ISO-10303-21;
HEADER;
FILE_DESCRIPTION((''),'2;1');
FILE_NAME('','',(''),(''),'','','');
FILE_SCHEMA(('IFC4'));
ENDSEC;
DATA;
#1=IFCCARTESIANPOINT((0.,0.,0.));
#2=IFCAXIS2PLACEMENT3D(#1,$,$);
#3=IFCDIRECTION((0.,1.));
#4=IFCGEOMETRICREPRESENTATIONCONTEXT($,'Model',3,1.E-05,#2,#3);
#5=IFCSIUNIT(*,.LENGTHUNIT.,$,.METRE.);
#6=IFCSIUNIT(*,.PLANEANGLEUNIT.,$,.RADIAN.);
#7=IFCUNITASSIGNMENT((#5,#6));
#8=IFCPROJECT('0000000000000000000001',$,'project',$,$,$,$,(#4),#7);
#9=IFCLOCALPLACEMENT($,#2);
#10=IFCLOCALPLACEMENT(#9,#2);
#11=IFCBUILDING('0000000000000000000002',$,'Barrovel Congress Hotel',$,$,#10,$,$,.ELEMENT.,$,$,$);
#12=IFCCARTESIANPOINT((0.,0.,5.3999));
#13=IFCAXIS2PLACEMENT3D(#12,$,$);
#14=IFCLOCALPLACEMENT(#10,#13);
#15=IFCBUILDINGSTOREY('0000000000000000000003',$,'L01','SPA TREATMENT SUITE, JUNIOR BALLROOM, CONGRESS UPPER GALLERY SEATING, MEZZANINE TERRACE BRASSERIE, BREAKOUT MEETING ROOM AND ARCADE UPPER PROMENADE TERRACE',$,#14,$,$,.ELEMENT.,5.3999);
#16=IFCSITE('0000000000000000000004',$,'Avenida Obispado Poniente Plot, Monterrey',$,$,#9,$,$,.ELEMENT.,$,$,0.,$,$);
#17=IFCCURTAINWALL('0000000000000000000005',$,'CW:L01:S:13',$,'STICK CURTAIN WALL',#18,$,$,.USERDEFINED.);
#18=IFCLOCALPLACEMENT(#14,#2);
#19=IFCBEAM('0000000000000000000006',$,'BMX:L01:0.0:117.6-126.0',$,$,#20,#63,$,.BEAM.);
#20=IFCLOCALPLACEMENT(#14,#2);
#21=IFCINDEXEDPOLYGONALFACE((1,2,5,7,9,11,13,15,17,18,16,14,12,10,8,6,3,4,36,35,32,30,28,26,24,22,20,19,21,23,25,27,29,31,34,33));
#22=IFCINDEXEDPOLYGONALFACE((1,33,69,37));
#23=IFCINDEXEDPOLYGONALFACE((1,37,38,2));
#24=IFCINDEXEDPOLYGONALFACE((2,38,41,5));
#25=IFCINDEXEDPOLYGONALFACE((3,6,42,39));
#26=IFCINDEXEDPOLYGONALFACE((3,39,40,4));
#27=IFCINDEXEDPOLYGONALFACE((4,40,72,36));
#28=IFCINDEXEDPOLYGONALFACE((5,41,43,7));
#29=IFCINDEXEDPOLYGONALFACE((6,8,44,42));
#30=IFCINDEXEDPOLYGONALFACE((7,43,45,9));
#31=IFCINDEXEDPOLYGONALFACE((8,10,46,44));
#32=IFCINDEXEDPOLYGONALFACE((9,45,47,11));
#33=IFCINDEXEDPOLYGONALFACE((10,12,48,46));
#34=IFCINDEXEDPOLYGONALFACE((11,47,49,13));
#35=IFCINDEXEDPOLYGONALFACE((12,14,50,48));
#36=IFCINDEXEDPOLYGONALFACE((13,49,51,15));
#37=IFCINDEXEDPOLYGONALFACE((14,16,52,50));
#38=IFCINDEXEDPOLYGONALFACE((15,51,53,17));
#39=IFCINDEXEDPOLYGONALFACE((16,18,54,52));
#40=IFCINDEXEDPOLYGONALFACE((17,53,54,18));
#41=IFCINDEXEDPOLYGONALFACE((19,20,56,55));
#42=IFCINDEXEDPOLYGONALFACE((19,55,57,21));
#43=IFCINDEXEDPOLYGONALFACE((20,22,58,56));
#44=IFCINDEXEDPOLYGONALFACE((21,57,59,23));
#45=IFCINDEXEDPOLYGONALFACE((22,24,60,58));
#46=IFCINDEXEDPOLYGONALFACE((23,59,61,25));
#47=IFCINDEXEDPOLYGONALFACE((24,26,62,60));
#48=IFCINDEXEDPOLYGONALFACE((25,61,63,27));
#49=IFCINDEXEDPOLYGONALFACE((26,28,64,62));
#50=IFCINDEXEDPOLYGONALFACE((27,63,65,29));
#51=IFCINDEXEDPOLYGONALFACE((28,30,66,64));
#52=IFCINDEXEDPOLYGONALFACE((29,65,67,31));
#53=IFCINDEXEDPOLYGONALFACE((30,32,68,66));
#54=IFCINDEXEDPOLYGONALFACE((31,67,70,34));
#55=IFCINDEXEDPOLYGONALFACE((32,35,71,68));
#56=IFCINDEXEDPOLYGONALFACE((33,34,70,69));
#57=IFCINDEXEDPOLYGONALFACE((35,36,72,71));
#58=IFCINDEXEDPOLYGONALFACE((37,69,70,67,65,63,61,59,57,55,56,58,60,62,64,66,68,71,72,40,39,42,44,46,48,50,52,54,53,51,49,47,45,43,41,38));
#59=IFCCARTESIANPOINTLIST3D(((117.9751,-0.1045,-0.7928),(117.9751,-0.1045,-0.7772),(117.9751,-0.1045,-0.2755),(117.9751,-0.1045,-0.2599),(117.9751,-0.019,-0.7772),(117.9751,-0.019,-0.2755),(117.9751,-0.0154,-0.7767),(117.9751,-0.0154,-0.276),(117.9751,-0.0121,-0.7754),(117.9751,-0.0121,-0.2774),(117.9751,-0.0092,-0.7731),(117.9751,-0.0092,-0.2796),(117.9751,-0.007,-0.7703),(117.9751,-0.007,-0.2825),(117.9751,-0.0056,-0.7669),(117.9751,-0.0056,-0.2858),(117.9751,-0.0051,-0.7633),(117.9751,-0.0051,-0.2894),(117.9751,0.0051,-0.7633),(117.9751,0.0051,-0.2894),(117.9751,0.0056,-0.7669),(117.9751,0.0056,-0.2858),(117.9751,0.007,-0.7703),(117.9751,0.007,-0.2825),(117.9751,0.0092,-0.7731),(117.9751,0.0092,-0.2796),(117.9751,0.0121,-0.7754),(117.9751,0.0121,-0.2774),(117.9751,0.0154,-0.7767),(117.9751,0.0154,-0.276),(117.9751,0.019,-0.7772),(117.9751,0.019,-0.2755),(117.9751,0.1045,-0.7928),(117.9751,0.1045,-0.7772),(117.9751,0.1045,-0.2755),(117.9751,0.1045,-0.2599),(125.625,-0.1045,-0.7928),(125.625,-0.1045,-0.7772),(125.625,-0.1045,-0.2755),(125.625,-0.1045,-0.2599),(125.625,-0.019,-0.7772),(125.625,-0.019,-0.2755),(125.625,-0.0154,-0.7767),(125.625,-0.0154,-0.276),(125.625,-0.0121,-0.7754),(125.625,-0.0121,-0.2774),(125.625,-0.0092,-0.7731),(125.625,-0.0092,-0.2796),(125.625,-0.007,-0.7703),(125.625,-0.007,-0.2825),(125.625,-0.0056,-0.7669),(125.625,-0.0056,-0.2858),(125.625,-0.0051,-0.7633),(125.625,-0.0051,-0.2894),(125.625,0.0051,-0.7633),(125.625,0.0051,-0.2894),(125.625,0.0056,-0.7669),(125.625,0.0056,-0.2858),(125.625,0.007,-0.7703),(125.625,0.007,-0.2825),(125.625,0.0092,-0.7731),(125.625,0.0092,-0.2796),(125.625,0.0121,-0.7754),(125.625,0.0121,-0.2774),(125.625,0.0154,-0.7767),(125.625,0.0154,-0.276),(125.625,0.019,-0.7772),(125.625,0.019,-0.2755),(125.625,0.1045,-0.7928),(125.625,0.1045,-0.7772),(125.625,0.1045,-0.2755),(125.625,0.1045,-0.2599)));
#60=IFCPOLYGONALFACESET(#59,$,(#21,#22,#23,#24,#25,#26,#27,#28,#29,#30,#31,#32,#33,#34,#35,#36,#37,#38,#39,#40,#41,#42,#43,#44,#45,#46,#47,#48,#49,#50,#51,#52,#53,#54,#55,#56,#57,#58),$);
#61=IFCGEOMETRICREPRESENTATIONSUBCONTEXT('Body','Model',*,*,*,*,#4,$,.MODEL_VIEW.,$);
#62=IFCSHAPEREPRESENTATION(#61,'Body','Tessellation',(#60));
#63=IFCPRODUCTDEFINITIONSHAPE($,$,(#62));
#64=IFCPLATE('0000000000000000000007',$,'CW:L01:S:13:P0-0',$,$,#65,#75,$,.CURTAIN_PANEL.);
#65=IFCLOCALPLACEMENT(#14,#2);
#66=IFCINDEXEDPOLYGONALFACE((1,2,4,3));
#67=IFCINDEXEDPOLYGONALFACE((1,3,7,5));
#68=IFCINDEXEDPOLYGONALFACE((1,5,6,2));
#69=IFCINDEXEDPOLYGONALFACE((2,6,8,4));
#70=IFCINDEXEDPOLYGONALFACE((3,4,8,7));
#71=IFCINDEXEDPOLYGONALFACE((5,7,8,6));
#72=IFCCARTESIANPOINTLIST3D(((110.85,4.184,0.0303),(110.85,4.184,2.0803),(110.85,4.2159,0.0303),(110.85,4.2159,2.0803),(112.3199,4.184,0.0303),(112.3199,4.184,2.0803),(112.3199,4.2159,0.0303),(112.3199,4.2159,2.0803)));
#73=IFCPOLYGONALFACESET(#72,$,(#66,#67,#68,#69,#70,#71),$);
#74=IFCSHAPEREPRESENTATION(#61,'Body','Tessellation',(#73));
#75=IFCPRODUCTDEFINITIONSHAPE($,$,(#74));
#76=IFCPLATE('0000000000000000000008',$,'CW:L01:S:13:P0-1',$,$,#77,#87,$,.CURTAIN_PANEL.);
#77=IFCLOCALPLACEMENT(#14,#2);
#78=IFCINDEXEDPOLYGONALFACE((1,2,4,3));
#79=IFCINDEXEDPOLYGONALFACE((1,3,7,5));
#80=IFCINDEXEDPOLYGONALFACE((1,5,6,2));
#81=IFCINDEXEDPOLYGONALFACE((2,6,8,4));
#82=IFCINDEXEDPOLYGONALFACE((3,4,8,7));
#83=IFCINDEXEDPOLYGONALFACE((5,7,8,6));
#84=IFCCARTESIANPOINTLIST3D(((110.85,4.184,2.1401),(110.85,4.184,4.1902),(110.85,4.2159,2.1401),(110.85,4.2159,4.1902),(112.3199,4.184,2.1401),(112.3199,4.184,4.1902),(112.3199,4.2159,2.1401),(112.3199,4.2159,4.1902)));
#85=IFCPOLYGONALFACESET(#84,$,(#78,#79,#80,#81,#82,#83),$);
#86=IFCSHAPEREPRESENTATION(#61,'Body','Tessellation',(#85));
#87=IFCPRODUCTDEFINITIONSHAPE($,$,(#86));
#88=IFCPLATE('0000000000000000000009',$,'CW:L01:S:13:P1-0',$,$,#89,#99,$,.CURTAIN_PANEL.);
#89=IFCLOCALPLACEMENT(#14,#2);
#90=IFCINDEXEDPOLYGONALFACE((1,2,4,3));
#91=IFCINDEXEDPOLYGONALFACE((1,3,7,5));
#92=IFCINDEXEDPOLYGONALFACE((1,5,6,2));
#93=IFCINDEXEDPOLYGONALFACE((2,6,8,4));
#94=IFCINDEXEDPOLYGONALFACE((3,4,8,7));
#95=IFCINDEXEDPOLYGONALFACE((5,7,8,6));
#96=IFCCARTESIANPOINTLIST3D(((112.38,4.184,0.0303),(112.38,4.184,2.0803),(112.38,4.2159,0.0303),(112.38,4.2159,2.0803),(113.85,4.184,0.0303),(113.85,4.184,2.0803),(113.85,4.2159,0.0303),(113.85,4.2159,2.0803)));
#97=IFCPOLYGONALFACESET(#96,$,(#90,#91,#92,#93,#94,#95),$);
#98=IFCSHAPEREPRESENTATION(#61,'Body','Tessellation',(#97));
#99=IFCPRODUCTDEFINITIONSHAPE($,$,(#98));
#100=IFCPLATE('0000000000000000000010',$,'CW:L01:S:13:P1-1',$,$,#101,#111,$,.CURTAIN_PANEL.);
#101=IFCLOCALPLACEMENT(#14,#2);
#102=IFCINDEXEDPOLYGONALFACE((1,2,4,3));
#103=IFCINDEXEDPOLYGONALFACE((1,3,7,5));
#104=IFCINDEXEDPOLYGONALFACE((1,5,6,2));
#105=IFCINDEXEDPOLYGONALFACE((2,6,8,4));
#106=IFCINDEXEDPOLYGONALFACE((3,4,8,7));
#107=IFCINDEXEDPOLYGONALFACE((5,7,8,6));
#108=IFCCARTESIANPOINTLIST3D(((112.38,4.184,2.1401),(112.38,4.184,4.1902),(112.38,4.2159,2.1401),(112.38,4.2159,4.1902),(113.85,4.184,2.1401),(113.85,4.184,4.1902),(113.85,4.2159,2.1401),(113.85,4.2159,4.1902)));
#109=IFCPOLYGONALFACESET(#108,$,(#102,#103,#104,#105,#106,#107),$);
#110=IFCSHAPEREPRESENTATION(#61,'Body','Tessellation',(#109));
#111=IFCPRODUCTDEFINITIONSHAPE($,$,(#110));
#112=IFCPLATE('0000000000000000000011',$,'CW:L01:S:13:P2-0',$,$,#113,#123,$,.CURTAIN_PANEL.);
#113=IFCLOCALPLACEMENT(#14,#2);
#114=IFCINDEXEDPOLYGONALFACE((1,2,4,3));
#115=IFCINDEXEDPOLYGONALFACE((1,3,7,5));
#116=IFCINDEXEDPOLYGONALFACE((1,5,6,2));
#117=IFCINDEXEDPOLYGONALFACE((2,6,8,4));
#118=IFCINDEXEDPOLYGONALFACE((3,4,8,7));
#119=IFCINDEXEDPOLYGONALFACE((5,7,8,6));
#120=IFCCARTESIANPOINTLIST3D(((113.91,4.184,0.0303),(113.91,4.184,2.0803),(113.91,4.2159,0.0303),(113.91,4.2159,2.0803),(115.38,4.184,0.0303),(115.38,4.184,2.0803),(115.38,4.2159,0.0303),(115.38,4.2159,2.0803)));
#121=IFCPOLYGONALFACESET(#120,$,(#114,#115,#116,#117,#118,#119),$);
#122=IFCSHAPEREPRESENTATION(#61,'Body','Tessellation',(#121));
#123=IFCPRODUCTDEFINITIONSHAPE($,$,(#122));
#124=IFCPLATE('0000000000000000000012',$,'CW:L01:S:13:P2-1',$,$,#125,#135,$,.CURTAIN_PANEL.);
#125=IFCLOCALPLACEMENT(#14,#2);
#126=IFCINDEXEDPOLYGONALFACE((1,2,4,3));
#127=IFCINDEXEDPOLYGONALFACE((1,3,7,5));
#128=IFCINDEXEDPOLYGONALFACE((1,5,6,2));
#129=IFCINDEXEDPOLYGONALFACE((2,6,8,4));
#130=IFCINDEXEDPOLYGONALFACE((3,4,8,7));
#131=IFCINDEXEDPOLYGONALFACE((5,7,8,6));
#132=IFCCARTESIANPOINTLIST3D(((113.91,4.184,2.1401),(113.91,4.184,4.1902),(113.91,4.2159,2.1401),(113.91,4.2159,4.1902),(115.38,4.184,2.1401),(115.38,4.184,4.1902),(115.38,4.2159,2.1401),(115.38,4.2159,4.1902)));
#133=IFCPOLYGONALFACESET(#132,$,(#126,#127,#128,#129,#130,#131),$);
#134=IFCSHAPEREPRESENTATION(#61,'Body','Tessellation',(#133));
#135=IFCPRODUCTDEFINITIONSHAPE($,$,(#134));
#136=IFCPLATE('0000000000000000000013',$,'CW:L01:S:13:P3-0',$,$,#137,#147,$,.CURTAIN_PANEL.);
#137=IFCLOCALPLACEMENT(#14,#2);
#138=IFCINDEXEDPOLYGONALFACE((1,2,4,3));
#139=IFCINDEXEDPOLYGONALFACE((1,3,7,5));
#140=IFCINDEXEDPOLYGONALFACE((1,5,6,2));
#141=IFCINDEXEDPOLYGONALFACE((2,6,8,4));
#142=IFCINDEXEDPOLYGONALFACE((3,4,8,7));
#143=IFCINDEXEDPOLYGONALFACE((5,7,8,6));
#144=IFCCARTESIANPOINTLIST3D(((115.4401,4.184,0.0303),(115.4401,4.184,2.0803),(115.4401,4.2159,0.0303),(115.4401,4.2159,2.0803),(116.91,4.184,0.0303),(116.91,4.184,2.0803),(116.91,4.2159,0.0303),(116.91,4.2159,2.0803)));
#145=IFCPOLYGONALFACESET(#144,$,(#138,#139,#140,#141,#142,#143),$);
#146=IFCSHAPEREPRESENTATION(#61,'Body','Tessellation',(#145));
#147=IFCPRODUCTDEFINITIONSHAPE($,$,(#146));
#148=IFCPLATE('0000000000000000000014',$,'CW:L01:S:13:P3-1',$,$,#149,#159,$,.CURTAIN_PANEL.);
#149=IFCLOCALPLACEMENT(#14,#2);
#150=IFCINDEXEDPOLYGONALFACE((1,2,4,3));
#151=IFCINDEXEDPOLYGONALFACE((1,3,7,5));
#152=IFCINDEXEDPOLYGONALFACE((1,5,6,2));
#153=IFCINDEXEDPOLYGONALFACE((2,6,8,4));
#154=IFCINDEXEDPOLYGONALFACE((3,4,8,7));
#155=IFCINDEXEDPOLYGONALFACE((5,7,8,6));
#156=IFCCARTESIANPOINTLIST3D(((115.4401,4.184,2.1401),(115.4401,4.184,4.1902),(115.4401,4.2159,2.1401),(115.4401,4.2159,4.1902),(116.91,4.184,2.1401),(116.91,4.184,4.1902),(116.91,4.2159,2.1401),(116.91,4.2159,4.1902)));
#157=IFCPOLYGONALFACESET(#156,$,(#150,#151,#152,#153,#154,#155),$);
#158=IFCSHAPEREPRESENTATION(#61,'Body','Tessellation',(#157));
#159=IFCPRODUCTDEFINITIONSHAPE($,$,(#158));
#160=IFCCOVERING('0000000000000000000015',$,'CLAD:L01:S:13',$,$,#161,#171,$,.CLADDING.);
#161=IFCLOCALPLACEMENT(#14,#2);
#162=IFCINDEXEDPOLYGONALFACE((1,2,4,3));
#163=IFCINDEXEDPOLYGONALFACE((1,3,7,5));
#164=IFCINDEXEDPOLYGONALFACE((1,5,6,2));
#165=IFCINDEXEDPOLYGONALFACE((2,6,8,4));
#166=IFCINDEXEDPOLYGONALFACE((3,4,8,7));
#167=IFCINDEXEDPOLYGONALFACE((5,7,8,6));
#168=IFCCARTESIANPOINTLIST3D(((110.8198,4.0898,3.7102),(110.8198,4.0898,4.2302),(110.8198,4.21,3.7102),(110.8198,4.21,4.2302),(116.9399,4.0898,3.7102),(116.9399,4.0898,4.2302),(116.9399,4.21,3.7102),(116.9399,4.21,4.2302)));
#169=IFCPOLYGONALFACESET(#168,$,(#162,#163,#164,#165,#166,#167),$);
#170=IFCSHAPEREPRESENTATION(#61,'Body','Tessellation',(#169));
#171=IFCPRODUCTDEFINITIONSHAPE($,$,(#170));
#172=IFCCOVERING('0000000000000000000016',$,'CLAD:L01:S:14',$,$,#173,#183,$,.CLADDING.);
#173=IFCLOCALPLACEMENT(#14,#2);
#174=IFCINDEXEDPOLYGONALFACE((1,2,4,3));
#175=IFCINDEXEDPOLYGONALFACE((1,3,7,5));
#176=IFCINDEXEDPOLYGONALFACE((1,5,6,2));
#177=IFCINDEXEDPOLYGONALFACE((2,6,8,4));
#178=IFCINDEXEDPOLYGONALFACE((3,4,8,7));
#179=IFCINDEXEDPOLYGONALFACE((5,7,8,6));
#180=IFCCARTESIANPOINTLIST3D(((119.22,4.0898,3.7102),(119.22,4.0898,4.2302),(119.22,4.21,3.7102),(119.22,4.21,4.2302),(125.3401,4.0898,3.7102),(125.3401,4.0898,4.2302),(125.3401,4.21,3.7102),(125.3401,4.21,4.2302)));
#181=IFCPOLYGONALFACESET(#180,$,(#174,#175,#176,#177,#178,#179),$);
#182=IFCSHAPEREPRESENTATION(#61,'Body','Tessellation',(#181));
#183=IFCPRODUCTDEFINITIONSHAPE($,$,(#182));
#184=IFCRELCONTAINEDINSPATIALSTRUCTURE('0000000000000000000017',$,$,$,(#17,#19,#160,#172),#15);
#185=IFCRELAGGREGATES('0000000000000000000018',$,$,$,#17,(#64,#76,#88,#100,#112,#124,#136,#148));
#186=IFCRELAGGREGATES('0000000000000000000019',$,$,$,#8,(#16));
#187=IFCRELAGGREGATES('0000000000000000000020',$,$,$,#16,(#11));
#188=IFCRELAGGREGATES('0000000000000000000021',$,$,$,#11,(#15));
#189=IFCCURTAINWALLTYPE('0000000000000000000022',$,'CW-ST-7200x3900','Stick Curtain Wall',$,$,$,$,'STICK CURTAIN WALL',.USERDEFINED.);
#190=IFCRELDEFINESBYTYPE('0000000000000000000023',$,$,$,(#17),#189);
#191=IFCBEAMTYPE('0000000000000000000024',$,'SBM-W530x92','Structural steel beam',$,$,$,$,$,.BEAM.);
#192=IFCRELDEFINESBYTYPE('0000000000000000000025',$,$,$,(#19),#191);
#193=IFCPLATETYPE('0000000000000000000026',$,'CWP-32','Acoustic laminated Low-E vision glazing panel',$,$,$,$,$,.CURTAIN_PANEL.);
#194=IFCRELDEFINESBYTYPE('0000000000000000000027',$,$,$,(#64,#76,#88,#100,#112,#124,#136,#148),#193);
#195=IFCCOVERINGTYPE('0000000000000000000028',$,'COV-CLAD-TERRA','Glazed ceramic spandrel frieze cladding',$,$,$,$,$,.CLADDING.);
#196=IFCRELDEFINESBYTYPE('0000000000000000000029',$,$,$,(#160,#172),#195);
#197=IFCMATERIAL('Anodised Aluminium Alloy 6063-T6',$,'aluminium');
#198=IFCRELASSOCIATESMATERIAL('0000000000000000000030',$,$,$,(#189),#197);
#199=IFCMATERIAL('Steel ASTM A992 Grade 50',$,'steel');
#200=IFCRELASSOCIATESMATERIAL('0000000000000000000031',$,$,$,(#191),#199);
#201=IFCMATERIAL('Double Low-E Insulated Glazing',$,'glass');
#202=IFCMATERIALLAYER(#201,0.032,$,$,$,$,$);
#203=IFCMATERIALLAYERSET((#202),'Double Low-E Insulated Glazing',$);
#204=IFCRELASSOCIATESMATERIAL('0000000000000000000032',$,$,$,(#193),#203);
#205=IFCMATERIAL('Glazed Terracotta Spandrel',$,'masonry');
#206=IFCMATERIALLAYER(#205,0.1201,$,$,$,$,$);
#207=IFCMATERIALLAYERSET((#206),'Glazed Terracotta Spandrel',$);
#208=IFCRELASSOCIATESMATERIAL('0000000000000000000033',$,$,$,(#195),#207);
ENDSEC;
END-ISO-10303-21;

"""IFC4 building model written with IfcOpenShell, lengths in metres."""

from ifc_helpers import new_model, si_unit, direction, frame, origin, origin_2d, place, context, subcontext, project, spatial, rectangle, i_section, extrude, material, layer, layer_set, material_profile, profile_set, type_object, element, aggregate, save


model = new_model("IFC4")

# Units and contexts
model_context = context("Model", 3, precision=1e-05, world=origin(), true_north=direction((0.0, 1.0)))
body_context = subcontext(model_context, "Body", "Model", "MODEL_VIEW")
ifc_project = project(units=[si_unit("LENGTHUNIT", "METRE"), si_unit("PLANEANGLEUNIT", "RADIAN")], contexts=[model_context])

# Site, building, storey
site_placement = place(None, origin())
site = spatial("IfcSite", under=ifc_project, at=site_placement, Name="Avenida Obispado Poniente Plot, Monterrey", CompositionType="ELEMENT", RefElevation=0.0)
building_placement = place(site_placement, origin())
building = spatial("IfcBuilding", under=site, at=building_placement, Name="Barrovel Congress Hotel", CompositionType="ELEMENT")
storey_placement = place(building_placement, frame((0.0, 0.0, 5.3999)))
storey = spatial("IfcBuildingStorey", under=building, at=storey_placement, Name="L01", Description="SPA TREATMENT SUITE, JUNIOR BALLROOM, CONGRESS UPPER GALLERY SEATING, MEZZANINE TERRACE BRASSERIE, BREAKOUT MEETING ROOM AND ARCADE UPPER PROMENADE TERRACE", CompositionType="ELEMENT", Elevation=5.3999)

# Curtain wall
ifc_material_1 = material(Name="Anodised Aluminium Alloy 6063-T6", Category="aluminium")
curtain_wall_type = type_object("IfcCurtainWallType", Name="CW-ST-7200x3900", Description="Stick Curtain Wall", ElementType="STICK CURTAIN WALL", PredefinedType="USERDEFINED", material=ifc_material_1)
curtain_wall_placement = place(storey_placement, origin())
curtain_wall = element("IfcCurtainWall", 1, at=curtain_wall_placement, inside=storey, type_object=curtain_wall_type, Name="CW:L01:S:13", ObjectType="STICK CURTAIN WALL", PredefinedType="USERDEFINED")

# Beam
ifc_material_2 = material(Name="Steel ASTM A992 Grade 50", Category="steel")
ifc_material_profile_1 = material_profile(ifc_material_2, i_section(OverallWidth=0.209, OverallDepth=0.533, WebThickness=0.0103, FlangeThickness=0.0156, FilletRadius=0.0139, at=origin_2d()), Name="W530x92")
ifc_profile_set_1 = profile_set([ifc_material_profile_1], Name="Steel ASTM A992 Grade 50")
beam_type_1 = type_object("IfcBeamType", Name="SBM-W530x92", Description="Structural steel beam", PredefinedType="BEAM", material=ifc_profile_set_1)
beam_1_placement = place(storey_placement, frame((117.9751, 0.0, -0.5264), z_axis=(1.0, 0.0, 0.0), x_axis=(0.0, 1.0, 0.0)))
element("IfcBeam", 2, at=beam_1_placement, inside=storey, type_object=beam_type_1, Name="BMX:L01:0.0:117.6-126.0", PredefinedType="BEAM", context=body_context, shape_type="SweptSolid", body=[
    extrude(i_section(OverallWidth=0.209, OverallDepth=0.533, WebThickness=0.0103, FlangeThickness=0.0156, FilletRadius=0.0139, at=origin_2d()), origin(), (0.0, 0.0, 1.0), 7.6499),
])

# Plates
ifc_material_3 = material(Name="Double Low-E Insulated Glazing", Category="glass")
ifc_layer_1 = layer(ifc_material_3, 0.032)
ifc_layer_set_1 = layer_set([ifc_layer_1], Name="Double Low-E Insulated Glazing")
plate_type = type_object("IfcPlateType", Name="CWP-32", Description="Acoustic laminated Low-E vision glazing panel", PredefinedType="CURTAIN_PANEL", material=ifc_layer_set_1)
plate_1_placement = place(storey_placement, frame((111.585, 4.2, 0.0303), z_axis=(0.0, 0.0, 1.0), x_axis=(1.0, 0.0, 0.0)))
plate_1 = element("IfcPlate", 3, at=plate_1_placement, type_object=plate_type, Name="CW:L01:S:13:P0-0", PredefinedType="CURTAIN_PANEL", context=body_context, shape_type="SweptSolid", body=[
    extrude(rectangle(XDim=1.47, YDim=0.032, at=origin_2d()), origin(), (0.0, 0.0, 1.0), 2.05),
])
plate_2_placement = place(storey_placement, frame((111.585, 4.2, 2.1401), z_axis=(0.0, 0.0, 1.0), x_axis=(1.0, 0.0, 0.0)))
plate_2 = element("IfcPlate", 4, at=plate_2_placement, type_object=plate_type, Name="CW:L01:S:13:P0-1", PredefinedType="CURTAIN_PANEL", context=body_context, shape_type="SweptSolid", body=[
    extrude(rectangle(XDim=1.47, YDim=0.032, at=origin_2d()), origin(), (0.0, 0.0, 1.0), 2.05),
])
plate_3_placement = place(storey_placement, frame((113.115, 4.2, 0.0303), z_axis=(0.0, 0.0, 1.0), x_axis=(1.0, 0.0, 0.0)))
plate_3 = element("IfcPlate", 5, at=plate_3_placement, type_object=plate_type, Name="CW:L01:S:13:P1-0", PredefinedType="CURTAIN_PANEL", context=body_context, shape_type="SweptSolid", body=[
    extrude(rectangle(XDim=1.47, YDim=0.032, at=origin_2d()), origin(), (0.0, 0.0, 1.0), 2.05),
])
plate_4_placement = place(storey_placement, frame((113.115, 4.2, 2.1401), z_axis=(0.0, 0.0, 1.0), x_axis=(1.0, 0.0, 0.0)))
plate_4 = element("IfcPlate", 6, at=plate_4_placement, type_object=plate_type, Name="CW:L01:S:13:P1-1", PredefinedType="CURTAIN_PANEL", context=body_context, shape_type="SweptSolid", body=[
    extrude(rectangle(XDim=1.47, YDim=0.032, at=origin_2d()), origin(), (0.0, 0.0, 1.0), 2.05),
])
plate_5_placement = place(storey_placement, frame((114.645, 4.2, 0.0303), z_axis=(0.0, 0.0, 1.0), x_axis=(1.0, 0.0, 0.0)))
plate_5 = element("IfcPlate", 7, at=plate_5_placement, type_object=plate_type, Name="CW:L01:S:13:P2-0", PredefinedType="CURTAIN_PANEL", context=body_context, shape_type="SweptSolid", body=[
    extrude(rectangle(XDim=1.47, YDim=0.032, at=origin_2d()), origin(), (0.0, 0.0, 1.0), 2.05),
])
plate_6_placement = place(storey_placement, frame((114.645, 4.2, 2.1401), z_axis=(0.0, 0.0, 1.0), x_axis=(1.0, 0.0, 0.0)))
plate_6 = element("IfcPlate", 8, at=plate_6_placement, type_object=plate_type, Name="CW:L01:S:13:P2-1", PredefinedType="CURTAIN_PANEL", context=body_context, shape_type="SweptSolid", body=[
    extrude(rectangle(XDim=1.47, YDim=0.032, at=origin_2d()), origin(), (0.0, 0.0, 1.0), 2.05),
])
plate_7_placement = place(storey_placement, frame((116.175, 4.2, 0.0303), z_axis=(0.0, 0.0, 1.0), x_axis=(1.0, 0.0, 0.0)))
plate_7 = element("IfcPlate", 9, at=plate_7_placement, type_object=plate_type, Name="CW:L01:S:13:P3-0", PredefinedType="CURTAIN_PANEL", context=body_context, shape_type="SweptSolid", body=[
    extrude(rectangle(XDim=1.47, YDim=0.032, at=origin_2d()), origin(), (0.0, 0.0, 1.0), 2.05),
])
plate_8_placement = place(storey_placement, frame((116.175, 4.2, 2.1401), z_axis=(0.0, 0.0, 1.0), x_axis=(1.0, 0.0, 0.0)))
plate_8 = element("IfcPlate", 10, at=plate_8_placement, type_object=plate_type, Name="CW:L01:S:13:P3-1", PredefinedType="CURTAIN_PANEL", context=body_context, shape_type="SweptSolid", body=[
    extrude(rectangle(XDim=1.47, YDim=0.032, at=origin_2d()), origin(), (0.0, 0.0, 1.0), 2.05),
])
aggregate(curtain_wall, [plate_1, plate_2, plate_3, plate_4, plate_5, plate_6, plate_7, plate_8])

# Coverings
ifc_material_4 = material(Name="Glazed Terracotta Spandrel", Category="masonry")
ifc_layer_2 = layer(ifc_material_4, 0.1201)
ifc_layer_set_2 = layer_set([ifc_layer_2], Name="Glazed Terracotta Spandrel")
covering_type = type_object("IfcCoveringType", Name="COV-CLAD-TERRA", Description="Glazed ceramic spandrel frieze cladding", PredefinedType="CLADDING", material=ifc_layer_set_2)
for number, where, z_axis, x_axis, name in (
    (11, (113.8799, 4.1499, 3.7102), (0.0, 0.0, 1.0), (1.0, 0.0, 0.0), "CLAD:L01:S:13"),
    (12, (122.28, 4.1499, 3.7102), (0.0, 0.0, 1.0), (1.0, 0.0, 0.0), "CLAD:L01:S:14"),
):
    element("IfcCovering", number, at=place(storey_placement, frame(where, z_axis=z_axis, x_axis=x_axis)), inside=storey, type_object=covering_type, Name=name, PredefinedType="CLADDING", context=body_context, shape_type="SweptSolid", body=[
        extrude(rectangle(XDim=6.1201, YDim=0.1201, at=origin_2d()), origin(), (0.0, 0.0, 1.0), 0.52),
    ])

save(model, "model.ifc")
